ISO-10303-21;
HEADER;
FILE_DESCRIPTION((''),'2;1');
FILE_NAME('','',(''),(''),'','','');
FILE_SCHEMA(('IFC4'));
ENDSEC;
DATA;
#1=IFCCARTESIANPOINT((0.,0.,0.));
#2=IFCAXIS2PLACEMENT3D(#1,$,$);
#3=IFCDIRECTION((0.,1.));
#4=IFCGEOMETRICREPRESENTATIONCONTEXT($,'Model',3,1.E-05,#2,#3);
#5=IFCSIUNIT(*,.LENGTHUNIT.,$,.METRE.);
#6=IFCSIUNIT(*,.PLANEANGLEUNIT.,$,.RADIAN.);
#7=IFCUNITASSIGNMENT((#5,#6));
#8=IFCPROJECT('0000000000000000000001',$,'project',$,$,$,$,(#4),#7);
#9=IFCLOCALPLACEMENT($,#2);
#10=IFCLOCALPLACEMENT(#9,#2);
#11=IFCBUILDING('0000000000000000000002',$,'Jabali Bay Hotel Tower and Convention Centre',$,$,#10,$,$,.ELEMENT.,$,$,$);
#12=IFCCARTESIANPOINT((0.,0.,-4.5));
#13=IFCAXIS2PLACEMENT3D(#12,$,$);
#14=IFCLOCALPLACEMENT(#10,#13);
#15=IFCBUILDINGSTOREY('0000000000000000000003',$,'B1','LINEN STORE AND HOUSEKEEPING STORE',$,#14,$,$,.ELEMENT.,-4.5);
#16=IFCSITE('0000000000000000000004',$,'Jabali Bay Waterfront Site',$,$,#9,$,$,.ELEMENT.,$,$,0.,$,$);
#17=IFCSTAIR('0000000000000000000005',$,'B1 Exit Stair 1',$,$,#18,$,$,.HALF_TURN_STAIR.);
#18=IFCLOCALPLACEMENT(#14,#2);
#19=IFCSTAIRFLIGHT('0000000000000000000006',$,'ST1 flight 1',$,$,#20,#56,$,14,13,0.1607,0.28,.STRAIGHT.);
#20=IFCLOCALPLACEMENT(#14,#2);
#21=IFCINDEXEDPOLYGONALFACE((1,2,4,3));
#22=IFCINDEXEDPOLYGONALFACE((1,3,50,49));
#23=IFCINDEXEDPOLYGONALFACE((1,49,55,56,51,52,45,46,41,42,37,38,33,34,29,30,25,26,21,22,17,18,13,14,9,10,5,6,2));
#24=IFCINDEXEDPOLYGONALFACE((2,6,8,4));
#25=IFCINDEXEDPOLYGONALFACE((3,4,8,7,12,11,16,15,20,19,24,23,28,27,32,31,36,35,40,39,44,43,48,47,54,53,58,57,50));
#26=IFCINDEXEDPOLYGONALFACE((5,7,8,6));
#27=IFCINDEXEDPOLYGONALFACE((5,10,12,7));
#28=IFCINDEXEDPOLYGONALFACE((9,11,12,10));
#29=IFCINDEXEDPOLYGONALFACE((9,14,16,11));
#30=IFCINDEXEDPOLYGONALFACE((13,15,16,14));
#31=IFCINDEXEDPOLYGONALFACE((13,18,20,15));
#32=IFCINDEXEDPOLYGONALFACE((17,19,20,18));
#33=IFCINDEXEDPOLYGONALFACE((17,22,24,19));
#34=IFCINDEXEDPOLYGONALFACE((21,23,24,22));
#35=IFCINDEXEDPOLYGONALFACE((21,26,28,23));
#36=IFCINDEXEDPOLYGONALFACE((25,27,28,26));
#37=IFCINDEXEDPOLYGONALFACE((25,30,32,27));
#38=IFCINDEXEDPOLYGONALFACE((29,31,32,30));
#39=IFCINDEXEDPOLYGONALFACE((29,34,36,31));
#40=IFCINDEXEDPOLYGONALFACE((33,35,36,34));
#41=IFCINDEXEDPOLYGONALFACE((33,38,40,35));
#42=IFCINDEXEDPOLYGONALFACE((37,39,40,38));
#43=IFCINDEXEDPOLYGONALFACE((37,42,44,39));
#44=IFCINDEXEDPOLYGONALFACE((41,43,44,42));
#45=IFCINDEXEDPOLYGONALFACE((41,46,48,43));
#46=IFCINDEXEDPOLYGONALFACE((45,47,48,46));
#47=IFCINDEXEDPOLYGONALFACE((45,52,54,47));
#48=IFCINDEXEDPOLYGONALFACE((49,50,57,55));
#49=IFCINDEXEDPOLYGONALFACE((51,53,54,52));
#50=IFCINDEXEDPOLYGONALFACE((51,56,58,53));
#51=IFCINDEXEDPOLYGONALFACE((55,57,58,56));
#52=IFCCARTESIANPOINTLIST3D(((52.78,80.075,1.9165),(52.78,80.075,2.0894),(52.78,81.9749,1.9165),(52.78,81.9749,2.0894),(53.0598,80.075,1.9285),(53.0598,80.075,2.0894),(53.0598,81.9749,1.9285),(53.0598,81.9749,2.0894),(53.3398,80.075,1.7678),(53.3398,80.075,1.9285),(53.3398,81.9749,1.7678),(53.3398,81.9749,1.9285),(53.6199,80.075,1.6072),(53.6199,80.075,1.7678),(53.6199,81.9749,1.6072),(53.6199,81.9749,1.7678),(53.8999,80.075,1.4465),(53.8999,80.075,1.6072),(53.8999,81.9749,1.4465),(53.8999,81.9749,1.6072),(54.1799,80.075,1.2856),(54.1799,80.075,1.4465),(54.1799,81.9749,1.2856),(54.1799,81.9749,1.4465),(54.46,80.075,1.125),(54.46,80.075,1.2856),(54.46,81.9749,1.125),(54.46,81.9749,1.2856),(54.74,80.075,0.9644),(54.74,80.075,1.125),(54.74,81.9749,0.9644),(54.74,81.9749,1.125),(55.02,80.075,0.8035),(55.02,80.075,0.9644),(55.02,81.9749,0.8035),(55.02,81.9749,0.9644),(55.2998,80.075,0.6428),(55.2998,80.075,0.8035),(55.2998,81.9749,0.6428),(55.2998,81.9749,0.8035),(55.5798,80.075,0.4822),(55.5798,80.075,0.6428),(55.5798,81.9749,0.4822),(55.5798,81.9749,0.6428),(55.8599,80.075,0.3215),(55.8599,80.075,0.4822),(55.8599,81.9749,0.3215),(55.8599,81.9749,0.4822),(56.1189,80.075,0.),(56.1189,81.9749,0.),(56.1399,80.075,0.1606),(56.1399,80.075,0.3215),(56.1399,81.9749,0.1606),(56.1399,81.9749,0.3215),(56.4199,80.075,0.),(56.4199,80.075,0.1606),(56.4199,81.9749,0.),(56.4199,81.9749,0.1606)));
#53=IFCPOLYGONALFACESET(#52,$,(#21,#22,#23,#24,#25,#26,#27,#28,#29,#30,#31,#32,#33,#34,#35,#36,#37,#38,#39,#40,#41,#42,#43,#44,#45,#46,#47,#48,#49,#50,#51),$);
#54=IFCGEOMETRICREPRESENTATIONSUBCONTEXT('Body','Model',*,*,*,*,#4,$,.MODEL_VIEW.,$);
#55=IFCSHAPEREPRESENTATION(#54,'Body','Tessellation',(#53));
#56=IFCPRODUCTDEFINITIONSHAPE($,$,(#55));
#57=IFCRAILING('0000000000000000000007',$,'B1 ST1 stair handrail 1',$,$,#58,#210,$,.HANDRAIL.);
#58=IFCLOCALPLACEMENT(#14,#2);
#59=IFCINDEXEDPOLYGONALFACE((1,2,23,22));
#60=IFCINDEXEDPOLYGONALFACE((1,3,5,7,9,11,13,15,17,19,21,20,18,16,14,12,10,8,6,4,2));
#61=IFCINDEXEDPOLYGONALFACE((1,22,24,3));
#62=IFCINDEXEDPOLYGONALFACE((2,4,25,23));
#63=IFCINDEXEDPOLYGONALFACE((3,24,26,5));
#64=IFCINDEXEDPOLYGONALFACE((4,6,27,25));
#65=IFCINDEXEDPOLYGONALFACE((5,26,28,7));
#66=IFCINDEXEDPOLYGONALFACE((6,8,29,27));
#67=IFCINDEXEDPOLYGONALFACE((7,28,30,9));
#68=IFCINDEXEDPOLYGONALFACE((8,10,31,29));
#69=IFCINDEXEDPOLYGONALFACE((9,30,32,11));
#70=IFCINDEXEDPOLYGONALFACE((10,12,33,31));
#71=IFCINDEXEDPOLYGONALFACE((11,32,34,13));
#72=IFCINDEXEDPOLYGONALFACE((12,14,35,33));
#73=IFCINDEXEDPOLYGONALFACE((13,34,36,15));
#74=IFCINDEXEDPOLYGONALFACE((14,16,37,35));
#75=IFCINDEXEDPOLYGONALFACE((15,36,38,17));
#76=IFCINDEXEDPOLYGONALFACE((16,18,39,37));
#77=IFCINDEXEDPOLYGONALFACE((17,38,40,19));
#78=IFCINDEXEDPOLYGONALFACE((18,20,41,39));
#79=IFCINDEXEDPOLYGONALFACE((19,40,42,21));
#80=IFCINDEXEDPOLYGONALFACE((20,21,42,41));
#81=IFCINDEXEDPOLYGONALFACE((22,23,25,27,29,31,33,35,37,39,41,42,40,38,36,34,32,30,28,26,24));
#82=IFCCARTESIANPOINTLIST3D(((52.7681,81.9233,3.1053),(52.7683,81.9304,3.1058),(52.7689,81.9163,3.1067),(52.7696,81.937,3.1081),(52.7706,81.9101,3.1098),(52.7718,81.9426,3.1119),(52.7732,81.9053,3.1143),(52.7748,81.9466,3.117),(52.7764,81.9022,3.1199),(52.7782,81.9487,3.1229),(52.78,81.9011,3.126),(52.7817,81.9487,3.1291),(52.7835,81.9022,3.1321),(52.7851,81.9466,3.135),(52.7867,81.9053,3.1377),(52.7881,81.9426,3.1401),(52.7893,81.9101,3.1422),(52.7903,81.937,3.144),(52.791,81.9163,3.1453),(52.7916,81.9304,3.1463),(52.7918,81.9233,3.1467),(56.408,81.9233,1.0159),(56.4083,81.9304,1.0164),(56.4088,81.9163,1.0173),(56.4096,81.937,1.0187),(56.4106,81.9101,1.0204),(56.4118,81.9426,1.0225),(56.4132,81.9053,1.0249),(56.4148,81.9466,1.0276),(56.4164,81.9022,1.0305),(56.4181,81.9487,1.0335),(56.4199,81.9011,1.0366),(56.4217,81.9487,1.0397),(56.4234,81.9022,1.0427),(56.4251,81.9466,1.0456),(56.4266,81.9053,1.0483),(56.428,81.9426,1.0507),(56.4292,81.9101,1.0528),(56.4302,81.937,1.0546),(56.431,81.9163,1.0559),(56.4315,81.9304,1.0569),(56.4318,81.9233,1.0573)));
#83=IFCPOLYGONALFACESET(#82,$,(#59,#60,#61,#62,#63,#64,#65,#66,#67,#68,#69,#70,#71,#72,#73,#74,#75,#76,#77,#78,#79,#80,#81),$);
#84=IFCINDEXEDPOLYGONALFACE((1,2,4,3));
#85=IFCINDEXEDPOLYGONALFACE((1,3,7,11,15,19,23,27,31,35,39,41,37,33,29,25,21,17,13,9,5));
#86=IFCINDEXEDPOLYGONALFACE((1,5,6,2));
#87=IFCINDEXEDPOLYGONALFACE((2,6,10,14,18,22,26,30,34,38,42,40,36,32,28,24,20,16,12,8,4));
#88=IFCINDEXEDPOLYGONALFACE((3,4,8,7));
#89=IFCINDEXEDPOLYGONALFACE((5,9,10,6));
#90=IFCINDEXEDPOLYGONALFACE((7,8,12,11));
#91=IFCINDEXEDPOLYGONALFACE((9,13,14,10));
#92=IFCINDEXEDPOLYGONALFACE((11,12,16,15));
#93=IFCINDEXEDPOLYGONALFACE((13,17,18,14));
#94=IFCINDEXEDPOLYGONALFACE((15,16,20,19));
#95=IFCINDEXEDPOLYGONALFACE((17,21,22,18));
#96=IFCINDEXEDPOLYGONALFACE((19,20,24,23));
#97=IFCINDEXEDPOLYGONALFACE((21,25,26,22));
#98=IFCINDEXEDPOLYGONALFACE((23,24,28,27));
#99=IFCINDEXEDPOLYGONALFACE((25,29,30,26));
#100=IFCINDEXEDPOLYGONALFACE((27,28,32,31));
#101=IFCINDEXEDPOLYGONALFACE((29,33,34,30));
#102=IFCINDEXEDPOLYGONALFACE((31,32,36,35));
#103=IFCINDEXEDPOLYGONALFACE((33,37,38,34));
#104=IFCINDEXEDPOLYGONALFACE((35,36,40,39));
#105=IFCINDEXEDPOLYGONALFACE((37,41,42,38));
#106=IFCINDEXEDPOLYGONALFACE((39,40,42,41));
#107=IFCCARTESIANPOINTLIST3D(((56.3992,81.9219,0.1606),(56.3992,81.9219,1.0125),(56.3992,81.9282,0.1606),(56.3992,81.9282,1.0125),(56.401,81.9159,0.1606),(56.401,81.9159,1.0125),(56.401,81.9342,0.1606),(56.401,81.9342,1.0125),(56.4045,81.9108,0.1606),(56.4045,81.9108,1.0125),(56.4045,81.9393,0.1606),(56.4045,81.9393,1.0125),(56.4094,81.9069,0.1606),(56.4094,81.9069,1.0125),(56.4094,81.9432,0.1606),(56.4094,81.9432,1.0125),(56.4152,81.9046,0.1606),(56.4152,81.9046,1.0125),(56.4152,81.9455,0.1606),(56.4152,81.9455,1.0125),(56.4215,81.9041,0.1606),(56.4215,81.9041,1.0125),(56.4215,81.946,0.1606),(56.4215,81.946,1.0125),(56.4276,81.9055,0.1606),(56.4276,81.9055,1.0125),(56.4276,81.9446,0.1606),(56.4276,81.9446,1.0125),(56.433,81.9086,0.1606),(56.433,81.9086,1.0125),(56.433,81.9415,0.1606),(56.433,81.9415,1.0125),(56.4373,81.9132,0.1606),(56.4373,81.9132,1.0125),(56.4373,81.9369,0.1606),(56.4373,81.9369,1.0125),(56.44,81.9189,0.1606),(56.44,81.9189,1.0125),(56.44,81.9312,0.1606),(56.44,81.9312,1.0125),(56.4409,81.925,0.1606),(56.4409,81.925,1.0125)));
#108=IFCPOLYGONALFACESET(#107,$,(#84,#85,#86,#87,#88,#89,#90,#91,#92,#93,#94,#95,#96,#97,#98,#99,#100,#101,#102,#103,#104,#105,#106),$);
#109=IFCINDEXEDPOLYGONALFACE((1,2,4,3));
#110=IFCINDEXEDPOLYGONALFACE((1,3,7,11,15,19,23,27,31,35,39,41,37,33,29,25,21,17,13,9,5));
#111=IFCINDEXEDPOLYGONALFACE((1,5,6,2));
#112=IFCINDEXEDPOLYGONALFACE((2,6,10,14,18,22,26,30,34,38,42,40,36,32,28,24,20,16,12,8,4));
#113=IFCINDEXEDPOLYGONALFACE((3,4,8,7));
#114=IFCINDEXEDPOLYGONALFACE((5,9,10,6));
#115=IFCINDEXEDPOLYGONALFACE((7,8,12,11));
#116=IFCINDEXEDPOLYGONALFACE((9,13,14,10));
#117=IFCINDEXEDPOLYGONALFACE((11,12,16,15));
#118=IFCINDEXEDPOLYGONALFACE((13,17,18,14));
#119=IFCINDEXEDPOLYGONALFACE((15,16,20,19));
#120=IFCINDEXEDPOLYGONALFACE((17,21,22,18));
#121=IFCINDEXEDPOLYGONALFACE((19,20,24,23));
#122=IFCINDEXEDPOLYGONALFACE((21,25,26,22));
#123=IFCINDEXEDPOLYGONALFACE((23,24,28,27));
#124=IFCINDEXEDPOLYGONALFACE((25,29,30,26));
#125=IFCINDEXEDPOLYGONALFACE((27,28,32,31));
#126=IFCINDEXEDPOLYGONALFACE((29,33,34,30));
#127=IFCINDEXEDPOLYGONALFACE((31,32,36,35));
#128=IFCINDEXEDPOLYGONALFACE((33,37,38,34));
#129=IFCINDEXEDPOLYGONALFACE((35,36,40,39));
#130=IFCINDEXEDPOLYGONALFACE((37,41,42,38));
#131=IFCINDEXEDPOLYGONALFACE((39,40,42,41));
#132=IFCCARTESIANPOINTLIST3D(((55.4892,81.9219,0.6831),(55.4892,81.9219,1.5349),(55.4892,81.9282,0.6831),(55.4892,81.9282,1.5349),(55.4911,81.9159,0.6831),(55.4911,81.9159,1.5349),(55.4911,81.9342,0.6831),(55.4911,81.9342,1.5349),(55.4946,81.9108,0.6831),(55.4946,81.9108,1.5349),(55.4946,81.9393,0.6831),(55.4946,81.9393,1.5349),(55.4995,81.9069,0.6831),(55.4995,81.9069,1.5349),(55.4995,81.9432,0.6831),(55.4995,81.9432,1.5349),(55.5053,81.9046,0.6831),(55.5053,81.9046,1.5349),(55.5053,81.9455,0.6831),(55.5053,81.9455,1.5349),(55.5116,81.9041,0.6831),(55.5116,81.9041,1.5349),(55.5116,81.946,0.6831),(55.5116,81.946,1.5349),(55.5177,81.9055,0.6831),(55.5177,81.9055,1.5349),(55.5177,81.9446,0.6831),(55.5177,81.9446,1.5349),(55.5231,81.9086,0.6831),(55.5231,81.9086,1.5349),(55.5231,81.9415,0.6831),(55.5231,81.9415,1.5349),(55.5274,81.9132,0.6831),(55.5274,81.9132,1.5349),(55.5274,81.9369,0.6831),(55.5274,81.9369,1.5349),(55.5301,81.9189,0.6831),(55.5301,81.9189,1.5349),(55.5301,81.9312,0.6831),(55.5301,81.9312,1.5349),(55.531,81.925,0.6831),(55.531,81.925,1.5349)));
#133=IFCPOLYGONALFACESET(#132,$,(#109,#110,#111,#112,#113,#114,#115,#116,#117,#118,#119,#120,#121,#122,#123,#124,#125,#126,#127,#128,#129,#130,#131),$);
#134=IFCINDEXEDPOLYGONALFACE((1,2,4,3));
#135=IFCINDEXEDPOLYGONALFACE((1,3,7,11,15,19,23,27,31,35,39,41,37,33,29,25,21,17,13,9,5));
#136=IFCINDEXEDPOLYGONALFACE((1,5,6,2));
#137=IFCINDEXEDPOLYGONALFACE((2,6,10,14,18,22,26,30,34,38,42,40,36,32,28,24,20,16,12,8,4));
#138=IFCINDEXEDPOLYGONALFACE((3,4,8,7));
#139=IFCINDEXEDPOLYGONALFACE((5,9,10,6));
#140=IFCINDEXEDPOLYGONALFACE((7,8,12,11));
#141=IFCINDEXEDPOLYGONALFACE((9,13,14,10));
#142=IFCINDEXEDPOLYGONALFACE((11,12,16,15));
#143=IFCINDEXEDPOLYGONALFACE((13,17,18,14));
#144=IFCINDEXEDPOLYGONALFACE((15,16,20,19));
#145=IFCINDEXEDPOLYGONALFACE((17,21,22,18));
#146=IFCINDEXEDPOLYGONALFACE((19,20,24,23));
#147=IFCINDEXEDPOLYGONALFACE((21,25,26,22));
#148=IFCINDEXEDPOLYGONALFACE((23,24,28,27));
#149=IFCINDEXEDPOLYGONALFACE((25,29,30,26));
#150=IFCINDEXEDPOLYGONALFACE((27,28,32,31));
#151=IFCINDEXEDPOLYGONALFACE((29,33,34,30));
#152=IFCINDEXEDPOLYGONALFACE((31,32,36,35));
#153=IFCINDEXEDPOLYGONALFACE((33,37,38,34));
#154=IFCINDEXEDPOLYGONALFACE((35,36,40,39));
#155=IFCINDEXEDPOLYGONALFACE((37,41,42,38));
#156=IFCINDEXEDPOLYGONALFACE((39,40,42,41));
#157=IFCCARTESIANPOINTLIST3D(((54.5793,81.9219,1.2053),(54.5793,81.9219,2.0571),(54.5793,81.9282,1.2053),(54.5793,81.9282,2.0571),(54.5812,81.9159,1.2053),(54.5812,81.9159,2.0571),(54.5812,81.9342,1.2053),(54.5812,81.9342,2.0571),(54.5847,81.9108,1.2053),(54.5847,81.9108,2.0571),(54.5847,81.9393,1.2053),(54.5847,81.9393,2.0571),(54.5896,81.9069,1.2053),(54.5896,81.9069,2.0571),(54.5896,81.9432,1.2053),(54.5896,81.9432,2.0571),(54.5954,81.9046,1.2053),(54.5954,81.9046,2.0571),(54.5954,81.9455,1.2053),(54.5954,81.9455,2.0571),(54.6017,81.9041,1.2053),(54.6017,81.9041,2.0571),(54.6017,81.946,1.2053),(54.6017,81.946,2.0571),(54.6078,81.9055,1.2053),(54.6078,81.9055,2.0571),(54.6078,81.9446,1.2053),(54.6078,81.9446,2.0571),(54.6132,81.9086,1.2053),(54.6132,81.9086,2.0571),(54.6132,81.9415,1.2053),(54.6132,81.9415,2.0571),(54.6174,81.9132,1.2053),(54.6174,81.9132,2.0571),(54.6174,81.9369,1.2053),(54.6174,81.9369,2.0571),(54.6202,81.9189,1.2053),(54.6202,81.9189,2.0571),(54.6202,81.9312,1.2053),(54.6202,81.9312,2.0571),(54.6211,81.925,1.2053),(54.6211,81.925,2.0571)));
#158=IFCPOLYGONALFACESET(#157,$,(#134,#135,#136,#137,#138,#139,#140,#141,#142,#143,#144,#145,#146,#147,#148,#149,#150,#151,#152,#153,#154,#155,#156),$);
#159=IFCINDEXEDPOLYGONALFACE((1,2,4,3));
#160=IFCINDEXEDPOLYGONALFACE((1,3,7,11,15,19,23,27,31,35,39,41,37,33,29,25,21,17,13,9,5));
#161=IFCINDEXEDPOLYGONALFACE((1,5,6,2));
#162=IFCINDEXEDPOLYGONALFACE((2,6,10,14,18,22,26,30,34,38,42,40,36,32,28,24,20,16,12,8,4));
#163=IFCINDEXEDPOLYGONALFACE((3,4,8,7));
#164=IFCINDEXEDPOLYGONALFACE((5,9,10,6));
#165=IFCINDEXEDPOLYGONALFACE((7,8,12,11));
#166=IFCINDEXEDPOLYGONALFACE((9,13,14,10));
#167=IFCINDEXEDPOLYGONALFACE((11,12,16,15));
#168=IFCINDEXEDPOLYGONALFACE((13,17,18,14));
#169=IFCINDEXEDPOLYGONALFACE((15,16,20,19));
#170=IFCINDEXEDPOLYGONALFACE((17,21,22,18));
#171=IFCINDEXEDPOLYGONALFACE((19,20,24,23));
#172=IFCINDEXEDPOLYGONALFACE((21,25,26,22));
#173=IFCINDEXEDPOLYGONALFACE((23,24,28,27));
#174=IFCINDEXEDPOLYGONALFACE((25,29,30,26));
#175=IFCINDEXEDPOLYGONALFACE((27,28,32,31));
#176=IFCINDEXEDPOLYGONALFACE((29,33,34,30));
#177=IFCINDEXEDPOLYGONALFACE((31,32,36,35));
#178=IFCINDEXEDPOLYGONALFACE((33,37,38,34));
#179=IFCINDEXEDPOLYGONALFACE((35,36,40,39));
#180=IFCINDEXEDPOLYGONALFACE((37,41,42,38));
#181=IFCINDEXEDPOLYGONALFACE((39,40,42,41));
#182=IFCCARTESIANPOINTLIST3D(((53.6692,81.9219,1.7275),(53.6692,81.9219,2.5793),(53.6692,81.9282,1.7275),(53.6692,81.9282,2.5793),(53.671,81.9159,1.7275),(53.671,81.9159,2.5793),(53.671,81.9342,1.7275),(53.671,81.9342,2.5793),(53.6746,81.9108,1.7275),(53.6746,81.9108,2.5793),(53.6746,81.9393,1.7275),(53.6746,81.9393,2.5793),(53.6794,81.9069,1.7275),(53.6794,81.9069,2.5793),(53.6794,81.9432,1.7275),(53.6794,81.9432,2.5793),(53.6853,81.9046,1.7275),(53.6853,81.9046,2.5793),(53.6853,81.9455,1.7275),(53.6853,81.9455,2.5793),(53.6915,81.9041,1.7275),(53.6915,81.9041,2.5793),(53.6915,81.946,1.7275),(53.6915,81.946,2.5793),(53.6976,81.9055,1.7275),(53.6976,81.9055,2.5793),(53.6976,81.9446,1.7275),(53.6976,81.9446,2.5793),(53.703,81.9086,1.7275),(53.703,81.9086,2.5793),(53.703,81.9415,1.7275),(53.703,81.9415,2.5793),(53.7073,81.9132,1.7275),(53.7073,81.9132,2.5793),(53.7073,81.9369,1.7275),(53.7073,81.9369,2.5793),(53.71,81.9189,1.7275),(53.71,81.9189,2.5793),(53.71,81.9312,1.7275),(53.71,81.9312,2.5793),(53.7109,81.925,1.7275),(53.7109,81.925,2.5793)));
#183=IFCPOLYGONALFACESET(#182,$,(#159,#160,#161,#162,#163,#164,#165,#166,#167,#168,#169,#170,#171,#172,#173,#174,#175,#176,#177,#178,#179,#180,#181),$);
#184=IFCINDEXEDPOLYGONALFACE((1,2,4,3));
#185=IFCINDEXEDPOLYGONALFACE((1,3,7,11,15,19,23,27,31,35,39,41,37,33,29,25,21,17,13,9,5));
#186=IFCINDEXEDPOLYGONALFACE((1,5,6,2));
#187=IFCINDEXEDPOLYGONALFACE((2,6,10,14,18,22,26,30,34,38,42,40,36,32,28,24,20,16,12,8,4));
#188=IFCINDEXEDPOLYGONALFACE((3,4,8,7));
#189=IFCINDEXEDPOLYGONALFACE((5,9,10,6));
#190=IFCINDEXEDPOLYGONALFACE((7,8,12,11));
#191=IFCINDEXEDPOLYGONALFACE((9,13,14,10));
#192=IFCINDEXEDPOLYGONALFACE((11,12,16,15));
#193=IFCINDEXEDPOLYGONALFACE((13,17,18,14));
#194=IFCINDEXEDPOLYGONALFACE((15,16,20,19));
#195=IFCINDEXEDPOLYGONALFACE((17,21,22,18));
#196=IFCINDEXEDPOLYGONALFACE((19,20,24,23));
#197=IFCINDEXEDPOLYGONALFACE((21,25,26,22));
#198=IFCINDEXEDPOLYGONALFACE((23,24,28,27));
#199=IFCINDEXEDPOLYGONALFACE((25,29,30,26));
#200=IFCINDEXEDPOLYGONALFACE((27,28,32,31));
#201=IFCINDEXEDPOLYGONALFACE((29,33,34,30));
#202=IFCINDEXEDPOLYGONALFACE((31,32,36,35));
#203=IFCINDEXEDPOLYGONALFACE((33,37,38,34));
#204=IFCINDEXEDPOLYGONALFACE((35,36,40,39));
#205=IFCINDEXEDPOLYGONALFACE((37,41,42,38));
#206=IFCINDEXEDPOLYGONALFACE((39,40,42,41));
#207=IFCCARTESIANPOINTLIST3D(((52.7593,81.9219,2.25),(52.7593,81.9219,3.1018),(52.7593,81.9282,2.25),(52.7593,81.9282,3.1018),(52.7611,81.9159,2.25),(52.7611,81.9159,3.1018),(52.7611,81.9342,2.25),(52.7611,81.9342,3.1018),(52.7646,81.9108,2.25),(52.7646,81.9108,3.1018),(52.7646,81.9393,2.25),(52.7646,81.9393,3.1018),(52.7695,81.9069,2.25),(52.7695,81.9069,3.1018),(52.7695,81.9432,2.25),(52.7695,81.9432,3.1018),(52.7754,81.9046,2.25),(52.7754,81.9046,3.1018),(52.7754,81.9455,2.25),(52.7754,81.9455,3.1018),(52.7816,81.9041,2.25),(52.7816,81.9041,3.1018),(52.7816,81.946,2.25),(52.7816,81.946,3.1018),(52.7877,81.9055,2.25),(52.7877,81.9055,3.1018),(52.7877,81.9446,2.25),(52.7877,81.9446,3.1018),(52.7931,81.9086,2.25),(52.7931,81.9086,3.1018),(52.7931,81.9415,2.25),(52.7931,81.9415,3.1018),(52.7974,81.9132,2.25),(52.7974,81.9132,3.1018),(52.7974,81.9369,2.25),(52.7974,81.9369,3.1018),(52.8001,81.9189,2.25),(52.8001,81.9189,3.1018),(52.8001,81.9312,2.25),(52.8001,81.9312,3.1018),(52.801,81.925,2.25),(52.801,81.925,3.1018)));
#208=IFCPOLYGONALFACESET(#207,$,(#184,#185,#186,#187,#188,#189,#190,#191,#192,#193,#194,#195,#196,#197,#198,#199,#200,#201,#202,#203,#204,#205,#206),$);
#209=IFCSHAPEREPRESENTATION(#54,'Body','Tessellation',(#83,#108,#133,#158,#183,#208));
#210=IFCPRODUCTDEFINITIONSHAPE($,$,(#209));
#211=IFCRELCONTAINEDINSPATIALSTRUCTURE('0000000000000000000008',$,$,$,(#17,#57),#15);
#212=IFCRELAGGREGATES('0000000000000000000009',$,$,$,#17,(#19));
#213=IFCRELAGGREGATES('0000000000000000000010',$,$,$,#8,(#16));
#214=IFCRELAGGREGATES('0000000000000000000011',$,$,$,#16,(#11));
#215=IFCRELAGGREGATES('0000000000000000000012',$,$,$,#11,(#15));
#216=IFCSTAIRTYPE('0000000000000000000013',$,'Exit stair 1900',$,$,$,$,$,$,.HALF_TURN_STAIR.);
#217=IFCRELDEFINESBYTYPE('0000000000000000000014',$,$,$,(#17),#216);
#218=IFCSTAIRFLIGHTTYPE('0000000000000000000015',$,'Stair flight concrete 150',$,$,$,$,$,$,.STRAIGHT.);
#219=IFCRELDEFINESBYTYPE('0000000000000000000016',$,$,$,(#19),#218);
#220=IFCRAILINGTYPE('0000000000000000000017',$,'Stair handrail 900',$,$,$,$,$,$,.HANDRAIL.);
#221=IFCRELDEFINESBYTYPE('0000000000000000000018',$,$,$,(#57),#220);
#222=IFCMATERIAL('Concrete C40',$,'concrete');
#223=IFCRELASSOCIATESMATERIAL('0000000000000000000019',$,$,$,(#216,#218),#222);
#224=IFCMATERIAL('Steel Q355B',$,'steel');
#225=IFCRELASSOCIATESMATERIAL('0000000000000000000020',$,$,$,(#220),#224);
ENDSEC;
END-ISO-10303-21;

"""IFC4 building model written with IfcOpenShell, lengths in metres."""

from ifc_helpers import new_model, si_unit, direction, frame, origin, origin_2d, place, context, subcontext, project, spatial, polyline, circle, outline, extrude, material, type_object, element, aggregate, save


model = new_model("IFC4")

# Units and contexts
model_context = context("Model", 3, precision=1e-05, world=origin(), true_north=direction((0.0, 1.0)))
body_context = subcontext(model_context, "Body", "Model", "MODEL_VIEW")
ifc_project = project(units=[si_unit("LENGTHUNIT", "METRE"), si_unit("PLANEANGLEUNIT", "RADIAN")], contexts=[model_context])

# Site, building, storey
site_placement = place(None, origin())
site = spatial("IfcSite", under=ifc_project, at=site_placement, Name="Jabali Bay Waterfront Site", CompositionType="ELEMENT", RefElevation=0.0)
building_placement = place(site_placement, origin())
building = spatial("IfcBuilding", under=site, at=building_placement, Name="Jabali Bay Hotel Tower and Convention Centre", CompositionType="ELEMENT")
storey_placement = place(building_placement, frame((0.0, 0.0, -4.5)))
storey = spatial("IfcBuildingStorey", under=building, at=storey_placement, Name="B1", Description="LINEN STORE AND HOUSEKEEPING STORE", CompositionType="ELEMENT", Elevation=-4.5)

# Shared definitions
ifc_material_1 = material(Name="Concrete C40", Category="concrete")

# Stair, stair flight
stair_type = type_object("IfcStairType", Name="Exit stair 1900", PredefinedType="HALF_TURN_STAIR", material=ifc_material_1)
stair_placement = place(storey_placement, origin())
stair = element("IfcStair", 1, at=stair_placement, inside=storey, type_object=stair_type, Name="B1 Exit Stair 1", PredefinedType="HALF_TURN_STAIR")
stair_flight_type = type_object("IfcStairFlightType", Name="Stair flight concrete 150", PredefinedType="STRAIGHT", material=ifc_material_1)
stair_flight_placement = place(storey_placement, frame((56.4199, 81.0249, 0.0), z_axis=(0.0, 0.0, 1.0), x_axis=(-1.0, 0.0, 0.0)))
stair_flight = element("IfcStairFlight", 2, at=stair_flight_placement, type_object=stair_flight_type, Name="ST1 flight 1", NumberOfRisers=14, NumberOfTreads=13, PredefinedType="STRAIGHT", RiserHeight=0.1607, TreadLength=0.28, context=body_context, shape_type="SweptSolid", body=[
    extrude(outline(polyline([(0.0, 0.0), (0.0, 0.1606), (0.28, 0.1606), (0.28, 0.3215), (0.5601, 0.3215), (0.5601, 0.4822), (0.8401, 0.4822), (0.8401, 0.6428), (1.1201, 0.6428), (1.1201, 0.8035), (1.3999, 0.8035), (1.3999, 0.9644), (1.6799, 0.9644), (1.6799, 1.125), (1.96, 1.125), (1.96, 1.2856), (2.24, 1.2856), (2.24, 1.4465), (2.52, 1.4465), (2.52, 1.6072), (2.8, 1.6072), (2.8, 1.7678), (3.0801, 1.7678), (3.0801, 1.9285), (3.3601, 1.9285), (3.3601, 2.0894), (3.6399, 2.0894), (3.6399, 2.25), (3.6399, 1.9165), (0.301, 0.0), (0.0, 0.0)])), frame((0.0, 0.95, 0.0), z_axis=(0.0, -1.0, 0.0), x_axis=(1.0, 0.0, 0.0)), (0.0, 0.0, 1.0), 1.8999),
])
aggregate(stair, [stair_flight])

# Railing
ifc_material_2 = material(Name="Steel Q355B", Category="steel")
railing_type_1 = type_object("IfcRailingType", Name="Stair handrail 900", PredefinedType="HANDRAIL", material=ifc_material_2)
railing_1_placement = place(storey_placement, frame((56.4199, 81.925, 0.1606)))
element("IfcRailing", 3, at=railing_1_placement, inside=storey, type_object=railing_type_1, Name="B1 ST1 stair handrail 1", PredefinedType="HANDRAIL", context=body_context, shape_type="SweptSolid", body=[
    extrude(circle(Radius=0.0239, at=origin_2d()), frame((0.0, 0.0, 0.876), z_axis=(-0.867275, 0.0, 0.497829), x_axis=(0.0, -1.0, 0.0)), (0.0, 0.0, 1.0), 4.197),
    extrude(circle(Radius=0.021, at=origin_2d()), origin(), (0.0, 0.0, 1.0), 0.8518),
    extrude(circle(Radius=0.021, at=origin_2d()), frame((-0.9099, 0.0, 0.5225)), (0.0, 0.0, 1.0), 0.8518),
    extrude(circle(Radius=0.021, at=origin_2d()), frame((-1.8198, 0.0, 1.0447)), (0.0, 0.0, 1.0), 0.8518),
    extrude(circle(Radius=0.021, at=origin_2d()), frame((-2.73, 0.0, 1.5669)), (0.0, 0.0, 1.0), 0.8518),
    extrude(circle(Radius=0.021, at=origin_2d()), frame((-3.6399, 0.0, 2.0894)), (0.0, 0.0, 1.0), 0.8518),
])

save(model, "model.ifc")
